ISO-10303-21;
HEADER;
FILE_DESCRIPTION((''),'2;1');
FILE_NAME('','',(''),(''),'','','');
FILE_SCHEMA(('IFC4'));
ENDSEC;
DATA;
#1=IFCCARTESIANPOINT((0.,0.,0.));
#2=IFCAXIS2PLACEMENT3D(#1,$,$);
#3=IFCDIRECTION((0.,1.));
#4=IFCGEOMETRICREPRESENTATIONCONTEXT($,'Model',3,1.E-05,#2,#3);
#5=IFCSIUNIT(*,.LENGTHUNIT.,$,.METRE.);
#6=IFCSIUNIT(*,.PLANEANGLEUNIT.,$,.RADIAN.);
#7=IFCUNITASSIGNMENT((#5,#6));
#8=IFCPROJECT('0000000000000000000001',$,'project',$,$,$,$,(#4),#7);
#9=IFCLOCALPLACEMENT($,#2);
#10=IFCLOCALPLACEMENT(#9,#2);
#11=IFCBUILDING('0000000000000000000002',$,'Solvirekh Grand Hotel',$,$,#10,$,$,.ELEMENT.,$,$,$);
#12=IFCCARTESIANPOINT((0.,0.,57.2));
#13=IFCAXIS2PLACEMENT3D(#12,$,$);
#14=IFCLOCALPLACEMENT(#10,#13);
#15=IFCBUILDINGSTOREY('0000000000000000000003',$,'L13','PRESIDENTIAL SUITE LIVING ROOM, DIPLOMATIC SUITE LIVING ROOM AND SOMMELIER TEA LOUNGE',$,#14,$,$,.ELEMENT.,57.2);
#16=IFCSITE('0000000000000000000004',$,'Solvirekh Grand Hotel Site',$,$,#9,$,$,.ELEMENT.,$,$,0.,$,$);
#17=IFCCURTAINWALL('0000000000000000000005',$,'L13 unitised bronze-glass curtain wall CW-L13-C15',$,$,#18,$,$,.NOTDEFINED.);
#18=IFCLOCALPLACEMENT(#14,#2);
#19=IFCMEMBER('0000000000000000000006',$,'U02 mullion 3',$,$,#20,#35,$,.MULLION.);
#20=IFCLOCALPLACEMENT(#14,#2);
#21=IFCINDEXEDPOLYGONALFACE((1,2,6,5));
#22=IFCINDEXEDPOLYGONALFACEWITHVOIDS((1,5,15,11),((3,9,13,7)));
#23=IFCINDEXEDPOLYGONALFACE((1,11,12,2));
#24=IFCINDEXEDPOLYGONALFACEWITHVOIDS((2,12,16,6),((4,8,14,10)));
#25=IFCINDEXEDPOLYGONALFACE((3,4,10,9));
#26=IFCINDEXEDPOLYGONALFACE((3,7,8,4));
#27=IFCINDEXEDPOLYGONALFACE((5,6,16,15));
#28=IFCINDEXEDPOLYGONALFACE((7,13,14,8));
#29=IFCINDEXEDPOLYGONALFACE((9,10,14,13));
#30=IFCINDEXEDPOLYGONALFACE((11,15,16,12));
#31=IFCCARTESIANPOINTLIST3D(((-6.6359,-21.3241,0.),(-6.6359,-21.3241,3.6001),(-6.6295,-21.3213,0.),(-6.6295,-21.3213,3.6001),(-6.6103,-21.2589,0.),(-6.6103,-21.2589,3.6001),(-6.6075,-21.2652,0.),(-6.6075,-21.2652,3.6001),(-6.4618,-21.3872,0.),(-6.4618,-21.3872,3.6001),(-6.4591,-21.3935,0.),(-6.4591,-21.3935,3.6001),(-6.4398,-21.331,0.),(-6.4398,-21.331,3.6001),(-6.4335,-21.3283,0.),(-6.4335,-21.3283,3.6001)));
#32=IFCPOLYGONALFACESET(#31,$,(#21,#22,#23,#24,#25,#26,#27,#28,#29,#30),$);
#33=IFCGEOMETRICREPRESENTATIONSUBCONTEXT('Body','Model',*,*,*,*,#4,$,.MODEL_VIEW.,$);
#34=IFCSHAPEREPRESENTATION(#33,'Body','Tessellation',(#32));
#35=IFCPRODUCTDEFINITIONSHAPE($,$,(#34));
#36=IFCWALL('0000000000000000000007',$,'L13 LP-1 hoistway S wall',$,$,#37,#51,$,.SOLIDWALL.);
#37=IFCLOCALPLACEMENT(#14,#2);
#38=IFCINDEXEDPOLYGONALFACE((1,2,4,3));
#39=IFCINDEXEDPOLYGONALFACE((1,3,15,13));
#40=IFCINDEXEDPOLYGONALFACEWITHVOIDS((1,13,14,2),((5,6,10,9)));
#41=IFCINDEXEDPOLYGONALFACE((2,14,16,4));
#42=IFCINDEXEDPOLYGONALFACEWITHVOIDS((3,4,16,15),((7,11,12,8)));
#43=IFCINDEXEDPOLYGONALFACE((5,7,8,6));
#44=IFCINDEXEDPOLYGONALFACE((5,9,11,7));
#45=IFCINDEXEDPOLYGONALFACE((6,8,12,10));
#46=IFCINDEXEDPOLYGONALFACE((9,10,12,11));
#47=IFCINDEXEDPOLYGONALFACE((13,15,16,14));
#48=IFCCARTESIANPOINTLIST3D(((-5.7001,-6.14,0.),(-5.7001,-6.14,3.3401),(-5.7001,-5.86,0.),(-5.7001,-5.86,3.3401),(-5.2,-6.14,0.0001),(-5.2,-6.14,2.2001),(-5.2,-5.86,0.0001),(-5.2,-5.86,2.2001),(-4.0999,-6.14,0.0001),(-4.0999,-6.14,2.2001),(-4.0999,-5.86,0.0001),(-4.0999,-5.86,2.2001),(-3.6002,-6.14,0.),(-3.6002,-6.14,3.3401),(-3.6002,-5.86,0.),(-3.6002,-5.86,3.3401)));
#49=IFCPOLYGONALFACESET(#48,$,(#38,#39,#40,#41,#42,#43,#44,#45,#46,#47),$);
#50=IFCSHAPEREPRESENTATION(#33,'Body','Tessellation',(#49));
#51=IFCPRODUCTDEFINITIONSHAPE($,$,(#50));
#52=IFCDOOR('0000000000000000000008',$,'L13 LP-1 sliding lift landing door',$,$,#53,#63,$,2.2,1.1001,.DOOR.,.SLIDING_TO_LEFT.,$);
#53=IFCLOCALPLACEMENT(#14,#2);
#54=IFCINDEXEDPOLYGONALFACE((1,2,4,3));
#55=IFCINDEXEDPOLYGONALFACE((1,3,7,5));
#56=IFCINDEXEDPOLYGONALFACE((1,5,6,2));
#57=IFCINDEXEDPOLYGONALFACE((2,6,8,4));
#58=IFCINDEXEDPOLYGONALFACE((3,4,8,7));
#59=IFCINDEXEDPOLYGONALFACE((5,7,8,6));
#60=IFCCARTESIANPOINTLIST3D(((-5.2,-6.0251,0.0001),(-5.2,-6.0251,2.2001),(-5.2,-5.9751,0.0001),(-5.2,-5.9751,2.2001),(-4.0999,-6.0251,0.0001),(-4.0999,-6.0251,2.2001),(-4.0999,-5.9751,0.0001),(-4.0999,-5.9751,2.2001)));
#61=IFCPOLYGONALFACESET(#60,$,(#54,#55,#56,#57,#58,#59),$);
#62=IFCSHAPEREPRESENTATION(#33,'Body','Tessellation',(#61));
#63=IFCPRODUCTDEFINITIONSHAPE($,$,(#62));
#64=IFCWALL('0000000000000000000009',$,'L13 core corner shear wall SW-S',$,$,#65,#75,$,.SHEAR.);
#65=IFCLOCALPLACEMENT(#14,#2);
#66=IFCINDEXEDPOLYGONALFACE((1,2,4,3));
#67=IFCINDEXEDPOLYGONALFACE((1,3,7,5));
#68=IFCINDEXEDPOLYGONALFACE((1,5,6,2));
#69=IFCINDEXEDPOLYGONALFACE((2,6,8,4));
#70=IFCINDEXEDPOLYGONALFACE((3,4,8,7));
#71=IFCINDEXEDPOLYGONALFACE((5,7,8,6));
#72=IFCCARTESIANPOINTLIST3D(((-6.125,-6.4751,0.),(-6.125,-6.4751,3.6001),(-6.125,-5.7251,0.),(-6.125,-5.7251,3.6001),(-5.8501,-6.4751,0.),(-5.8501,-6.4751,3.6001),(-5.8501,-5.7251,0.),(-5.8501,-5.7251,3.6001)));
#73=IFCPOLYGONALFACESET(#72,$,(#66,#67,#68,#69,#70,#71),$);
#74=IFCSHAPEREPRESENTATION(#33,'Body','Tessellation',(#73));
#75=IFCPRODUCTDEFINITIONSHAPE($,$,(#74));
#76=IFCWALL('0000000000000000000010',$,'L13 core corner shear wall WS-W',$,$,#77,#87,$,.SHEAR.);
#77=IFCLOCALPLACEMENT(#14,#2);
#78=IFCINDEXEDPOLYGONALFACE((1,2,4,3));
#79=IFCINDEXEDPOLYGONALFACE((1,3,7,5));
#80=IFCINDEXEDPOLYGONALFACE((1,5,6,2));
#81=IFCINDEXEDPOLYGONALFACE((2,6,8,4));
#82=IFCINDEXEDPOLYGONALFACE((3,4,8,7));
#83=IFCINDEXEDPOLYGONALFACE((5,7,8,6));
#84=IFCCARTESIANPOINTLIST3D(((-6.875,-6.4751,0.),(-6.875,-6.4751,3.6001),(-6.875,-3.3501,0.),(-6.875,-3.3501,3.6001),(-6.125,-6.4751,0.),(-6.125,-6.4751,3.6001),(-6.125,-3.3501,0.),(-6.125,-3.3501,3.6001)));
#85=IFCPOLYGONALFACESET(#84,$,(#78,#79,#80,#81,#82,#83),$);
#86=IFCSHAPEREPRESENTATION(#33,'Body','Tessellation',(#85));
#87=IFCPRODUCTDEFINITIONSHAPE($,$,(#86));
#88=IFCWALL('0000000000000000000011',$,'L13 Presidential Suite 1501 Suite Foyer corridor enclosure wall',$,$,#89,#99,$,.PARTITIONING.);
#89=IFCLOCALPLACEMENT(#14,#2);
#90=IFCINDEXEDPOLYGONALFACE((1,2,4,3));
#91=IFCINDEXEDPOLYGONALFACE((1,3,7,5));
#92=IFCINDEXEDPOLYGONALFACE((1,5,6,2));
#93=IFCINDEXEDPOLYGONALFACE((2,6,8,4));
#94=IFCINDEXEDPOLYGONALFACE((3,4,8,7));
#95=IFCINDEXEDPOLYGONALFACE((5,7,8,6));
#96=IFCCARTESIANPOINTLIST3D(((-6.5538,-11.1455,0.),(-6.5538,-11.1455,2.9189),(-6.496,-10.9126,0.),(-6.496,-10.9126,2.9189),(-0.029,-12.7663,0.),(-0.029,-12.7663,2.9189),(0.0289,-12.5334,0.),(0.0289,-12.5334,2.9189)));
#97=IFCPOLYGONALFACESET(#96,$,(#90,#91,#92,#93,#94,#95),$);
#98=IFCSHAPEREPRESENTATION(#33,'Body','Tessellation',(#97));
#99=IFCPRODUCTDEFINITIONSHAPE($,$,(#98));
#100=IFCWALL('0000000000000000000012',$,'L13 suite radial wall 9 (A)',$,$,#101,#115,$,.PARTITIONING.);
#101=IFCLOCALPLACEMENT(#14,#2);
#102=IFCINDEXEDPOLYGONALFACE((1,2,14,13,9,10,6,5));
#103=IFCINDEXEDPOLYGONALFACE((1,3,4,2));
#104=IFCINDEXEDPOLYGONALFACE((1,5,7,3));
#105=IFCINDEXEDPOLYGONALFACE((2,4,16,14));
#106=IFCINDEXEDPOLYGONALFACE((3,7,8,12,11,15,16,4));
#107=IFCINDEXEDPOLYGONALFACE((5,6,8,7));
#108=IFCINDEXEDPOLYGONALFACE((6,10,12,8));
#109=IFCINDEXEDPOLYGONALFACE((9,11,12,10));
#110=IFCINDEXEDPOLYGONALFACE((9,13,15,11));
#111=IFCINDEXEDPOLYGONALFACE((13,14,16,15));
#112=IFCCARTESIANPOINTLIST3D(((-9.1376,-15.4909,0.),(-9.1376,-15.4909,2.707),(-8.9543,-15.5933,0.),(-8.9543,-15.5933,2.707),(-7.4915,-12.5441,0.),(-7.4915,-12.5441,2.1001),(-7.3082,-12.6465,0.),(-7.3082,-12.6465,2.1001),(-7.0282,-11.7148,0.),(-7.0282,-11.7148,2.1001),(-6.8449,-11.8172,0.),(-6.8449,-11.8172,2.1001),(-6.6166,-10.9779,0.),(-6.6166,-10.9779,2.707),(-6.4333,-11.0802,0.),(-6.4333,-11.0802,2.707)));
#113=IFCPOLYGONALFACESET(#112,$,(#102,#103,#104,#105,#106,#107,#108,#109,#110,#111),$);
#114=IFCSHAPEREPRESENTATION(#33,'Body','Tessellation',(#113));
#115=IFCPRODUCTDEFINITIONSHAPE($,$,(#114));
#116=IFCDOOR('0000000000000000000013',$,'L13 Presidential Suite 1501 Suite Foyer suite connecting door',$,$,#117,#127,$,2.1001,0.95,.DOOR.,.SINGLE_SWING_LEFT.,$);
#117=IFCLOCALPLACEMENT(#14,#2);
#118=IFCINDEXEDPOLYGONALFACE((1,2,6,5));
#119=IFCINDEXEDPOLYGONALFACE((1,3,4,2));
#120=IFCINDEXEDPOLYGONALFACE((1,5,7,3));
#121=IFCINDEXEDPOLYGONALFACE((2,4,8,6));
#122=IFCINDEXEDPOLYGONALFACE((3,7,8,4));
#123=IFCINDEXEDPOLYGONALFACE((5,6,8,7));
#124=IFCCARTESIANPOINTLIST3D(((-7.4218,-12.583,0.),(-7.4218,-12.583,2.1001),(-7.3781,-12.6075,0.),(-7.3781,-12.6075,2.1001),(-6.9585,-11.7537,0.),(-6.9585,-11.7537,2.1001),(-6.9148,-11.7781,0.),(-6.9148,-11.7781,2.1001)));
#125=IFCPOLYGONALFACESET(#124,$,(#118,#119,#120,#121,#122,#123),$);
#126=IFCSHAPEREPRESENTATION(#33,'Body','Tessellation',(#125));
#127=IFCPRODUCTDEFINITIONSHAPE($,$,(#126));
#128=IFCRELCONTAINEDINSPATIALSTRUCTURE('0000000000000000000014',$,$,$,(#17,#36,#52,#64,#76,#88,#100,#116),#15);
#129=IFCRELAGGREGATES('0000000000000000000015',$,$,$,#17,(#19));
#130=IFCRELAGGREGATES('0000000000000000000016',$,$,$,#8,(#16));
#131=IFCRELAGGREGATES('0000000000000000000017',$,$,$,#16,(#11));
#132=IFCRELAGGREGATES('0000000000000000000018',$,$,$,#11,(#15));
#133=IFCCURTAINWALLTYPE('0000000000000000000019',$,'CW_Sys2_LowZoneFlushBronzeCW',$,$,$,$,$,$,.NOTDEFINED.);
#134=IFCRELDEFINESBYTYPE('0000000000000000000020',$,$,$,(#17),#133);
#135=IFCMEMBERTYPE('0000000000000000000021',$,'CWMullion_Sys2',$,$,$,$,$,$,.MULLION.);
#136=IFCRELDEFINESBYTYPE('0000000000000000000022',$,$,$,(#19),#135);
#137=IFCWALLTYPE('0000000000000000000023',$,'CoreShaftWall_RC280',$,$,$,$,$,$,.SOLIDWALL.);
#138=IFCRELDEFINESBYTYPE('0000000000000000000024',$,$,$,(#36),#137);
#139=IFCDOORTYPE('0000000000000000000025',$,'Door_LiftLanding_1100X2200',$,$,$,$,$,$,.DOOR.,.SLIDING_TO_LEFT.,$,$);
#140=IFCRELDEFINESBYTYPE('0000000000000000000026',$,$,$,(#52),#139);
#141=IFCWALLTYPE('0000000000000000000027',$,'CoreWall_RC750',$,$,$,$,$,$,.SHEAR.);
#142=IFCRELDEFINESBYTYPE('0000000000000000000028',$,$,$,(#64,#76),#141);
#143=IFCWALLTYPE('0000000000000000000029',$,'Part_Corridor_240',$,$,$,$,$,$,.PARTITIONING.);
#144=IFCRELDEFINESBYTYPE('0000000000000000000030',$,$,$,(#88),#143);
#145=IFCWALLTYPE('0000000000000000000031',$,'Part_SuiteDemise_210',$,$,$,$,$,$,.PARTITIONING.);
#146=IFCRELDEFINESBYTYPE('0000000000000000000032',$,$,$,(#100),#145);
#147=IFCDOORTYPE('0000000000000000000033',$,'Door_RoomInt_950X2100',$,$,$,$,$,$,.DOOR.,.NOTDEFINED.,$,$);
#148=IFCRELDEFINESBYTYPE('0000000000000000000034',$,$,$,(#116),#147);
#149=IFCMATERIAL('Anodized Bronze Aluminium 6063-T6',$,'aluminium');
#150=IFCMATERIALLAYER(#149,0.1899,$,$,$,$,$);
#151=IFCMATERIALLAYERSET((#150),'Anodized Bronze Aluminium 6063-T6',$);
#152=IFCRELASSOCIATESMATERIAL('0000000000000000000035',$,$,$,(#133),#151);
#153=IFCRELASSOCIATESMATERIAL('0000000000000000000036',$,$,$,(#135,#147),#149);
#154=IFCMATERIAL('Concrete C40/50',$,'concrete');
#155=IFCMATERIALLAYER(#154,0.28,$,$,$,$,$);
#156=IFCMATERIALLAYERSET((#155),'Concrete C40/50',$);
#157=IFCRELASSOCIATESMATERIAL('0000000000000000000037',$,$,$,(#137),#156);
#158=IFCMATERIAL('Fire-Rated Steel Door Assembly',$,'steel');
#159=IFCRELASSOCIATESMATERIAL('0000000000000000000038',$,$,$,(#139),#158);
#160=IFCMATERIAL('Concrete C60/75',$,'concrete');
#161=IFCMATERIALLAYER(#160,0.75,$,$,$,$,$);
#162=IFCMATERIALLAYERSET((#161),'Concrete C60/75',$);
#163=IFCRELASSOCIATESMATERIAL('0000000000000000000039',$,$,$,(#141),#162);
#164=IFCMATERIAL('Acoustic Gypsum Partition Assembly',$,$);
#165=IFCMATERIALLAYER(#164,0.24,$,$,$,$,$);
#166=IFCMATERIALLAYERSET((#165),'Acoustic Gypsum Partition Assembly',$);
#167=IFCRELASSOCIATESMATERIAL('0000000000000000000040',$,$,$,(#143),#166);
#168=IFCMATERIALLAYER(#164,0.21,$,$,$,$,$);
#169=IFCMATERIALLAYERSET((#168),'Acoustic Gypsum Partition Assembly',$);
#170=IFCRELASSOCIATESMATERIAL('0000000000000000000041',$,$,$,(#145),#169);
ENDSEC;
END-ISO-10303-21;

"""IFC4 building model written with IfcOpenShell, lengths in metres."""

from ifc_helpers import new_model, si_unit, direction, frame, frame_2d, origin, origin_2d, place, context, subcontext, project, spatial, rectangle, hollow_rectangle, extrude, source, transform, mapped, material, layer, layer_set, material_profile, profile_set, type_object, element, fill, aggregate, save


model = new_model("IFC4")

# Units and contexts
model_context = context("Model", 3, precision=1e-05, world=origin(), true_north=direction((0.0, 1.0)))
body_context = subcontext(model_context, "Body", "Model", "MODEL_VIEW")
ifc_project = project(units=[si_unit("LENGTHUNIT", "METRE"), si_unit("PLANEANGLEUNIT", "RADIAN")], contexts=[model_context])

# Site, building, storey
site_placement = place(None, origin())
site = spatial("IfcSite", under=ifc_project, at=site_placement, Name="Solvirekh Grand Hotel Site", CompositionType="ELEMENT", RefElevation=0.0)
building_placement = place(site_placement, origin())
building = spatial("IfcBuilding", under=site, at=building_placement, Name="Solvirekh Grand Hotel", CompositionType="ELEMENT")
storey_placement = place(building_placement, frame((0.0, 0.0, 57.2)))
storey = spatial("IfcBuildingStorey", under=building, at=storey_placement, Name="L13", Description="PRESIDENTIAL SUITE LIVING ROOM, DIPLOMATIC SUITE LIVING ROOM AND SOMMELIER TEA LOUNGE", CompositionType="ELEMENT", Elevation=57.2)

# Shared definitions
ifc_material_1 = material(Name="Concrete C60/75", Category="concrete")

# Curtain wall, member
ifc_material_2 = material(Name="Anodized Bronze Aluminium 6063-T6", Category="aluminium")
ifc_layer_1 = layer(ifc_material_2, 0.1899)
ifc_layer_set_1 = layer_set([ifc_layer_1], Name="Anodized Bronze Aluminium 6063-T6")
curtain_wall_type = type_object("IfcCurtainWallType", Name="CW_Sys2_LowZoneFlushBronzeCW", PredefinedType="NOTDEFINED", material=ifc_layer_set_1)
curtain_wall_placement = place(storey_placement, origin())
curtain_wall = element("IfcCurtainWall", 1, at=curtain_wall_placement, inside=storey, type_object=curtain_wall_type, Name="L13 unitised bronze-glass curtain wall CW-L13-C15", PredefinedType="NOTDEFINED")
ifc_material_profile_1 = material_profile(ifc_material_2, hollow_rectangle(XDim=0.0701, YDim=0.1899, WallThickness=0.0049, at=origin_2d()), Name="ALU RHS 190X70X5")
ifc_profile_set_1 = profile_set([ifc_material_profile_1], Name="Anodized Bronze Aluminium 6063-T6")
member_type = type_object("IfcMemberType", Name="CWMullion_Sys2", PredefinedType="MULLION", material=ifc_profile_set_1)
shared_shape = source(origin(), body_context, "Body", "SweptSolid", [
    extrude(hollow_rectangle(XDim=0.0701, YDim=0.1899, WallThickness=0.0049, at=origin_2d()), origin(), (0.0, 0.0, 1.0), 3.6001),
])
member_placement = place(storey_placement, frame((-6.5347, -21.3262, 0.0), z_axis=(0.0, 0.0, 1.0), x_axis=(0.365399, 0.930851, 0.0)))
member = element("IfcMember", 2, at=member_placement, type_object=member_type, Name="U02 mullion 3", PredefinedType="MULLION", context=body_context, shape_type="MappedRepresentation", body=[
    mapped(shared_shape, transform((0.0, 0.0, 0.0), x_axis=(1.0, 0.0, 0.0), y_axis=(0.0, 1.0, 0.0), z_axis=(0.0, 0.0, 1.0), scale=1.0)),
])
aggregate(curtain_wall, [member])

# Wall, opening, door
ifc_material_3 = material(Name="Concrete C40/50", Category="concrete")
ifc_layer_2 = layer(ifc_material_3, 0.28)
ifc_layer_set_2 = layer_set([ifc_layer_2], Name="Concrete C40/50")
wall_type_1 = type_object("IfcWallType", Name="CoreShaftWall_RC280", PredefinedType="SOLIDWALL", material=ifc_layer_set_2)
wall_1_placement = place(storey_placement, frame((-5.7, -6.0, 0.0), z_axis=(0.0, 0.0, 1.0), x_axis=(1.0, 0.0, 0.0)))
wall_1 = element("IfcWall", 3, at=wall_1_placement, inside=storey, type_object=wall_type_1, Name="L13 LP-1 hoistway S wall", PredefinedType="SOLIDWALL", context=body_context, shape_type="SweptSolid", body=[
    extrude(rectangle(XDim=2.0999, YDim=0.28, at=frame_2d((1.0498, 0.0))), origin(), (0.0, 0.0, 1.0), 3.3401),
])
opening_1_placement = place(wall_1_placement, frame((0.5, 0.0, 0.0)))
opening_1 = element("IfcOpeningElement", 4, at=opening_1_placement, cuts=wall_1, PredefinedType="OPENING", context=body_context, shape_type="SweptSolid", body=[
    extrude(rectangle(XDim=1.1001, YDim=2.2, at=frame_2d((0.55, 1.1001))), frame((0.0, 0.1499, 0.0), z_axis=(0.0, -1.0, 0.0), x_axis=(1.0, 0.0, 0.0)), (0.0, 0.0, 1.0), 0.3),
])
ifc_material_4 = material(Name="Fire-Rated Steel Door Assembly", Category="steel")
door_type_1 = type_object("IfcDoorType", Name="Door_LiftLanding_1100X2200", OperationType="SLIDING_TO_LEFT", PredefinedType="DOOR", material=ifc_material_4)
door_1_placement = place(opening_1_placement, origin())
door_1 = element("IfcDoor", 5, at=door_1_placement, inside=storey, type_object=door_type_1, Name="L13 LP-1 sliding lift landing door", OperationType="SLIDING_TO_LEFT", OverallHeight=2.2, OverallWidth=1.1001, PredefinedType="DOOR", context=body_context, shape_type="SweptSolid", body=[
    extrude(rectangle(XDim=1.1001, YDim=2.2, at=frame_2d((0.55, 1.1001))), frame((0.0, 0.0249, 0.0), z_axis=(0.0, -1.0, 0.0), x_axis=(1.0, 0.0, 0.0)), (0.0, 0.0, 1.0), 0.05),
])
fill(opening_1, door_1)

# Walls
ifc_layer_3 = layer(ifc_material_1, 0.75)
ifc_layer_set_3 = layer_set([ifc_layer_3], Name="Concrete C60/75")
wall_type_2 = type_object("IfcWallType", Name="CoreWall_RC750", PredefinedType="SHEAR", material=ifc_layer_set_3)
wall_2_placement = place(storey_placement, frame((-6.125, -6.1001, 0.0), z_axis=(0.0, 0.0, 1.0), x_axis=(1.0, 0.0, 0.0)))
element("IfcWall", 6, at=wall_2_placement, inside=storey, type_object=wall_type_2, Name="L13 core corner shear wall SW-S", PredefinedType="SHEAR", context=body_context, shape_type="SweptSolid", body=[
    extrude(rectangle(XDim=0.2749, YDim=0.75, at=frame_2d((0.1375, 0.0))), origin(), (0.0, 0.0, 1.0), 3.6001),
])
wall_3_placement = place(storey_placement, frame((-6.5, -6.4751, 0.0), z_axis=(0.0, 0.0, 1.0), x_axis=(0.0, 1.0, 0.0)))
element("IfcWall", 7, at=wall_3_placement, inside=storey, type_object=wall_type_2, Name="L13 core corner shear wall WS-W", PredefinedType="SHEAR", context=body_context, shape_type="SweptSolid", body=[
    extrude(rectangle(XDim=3.125, YDim=0.75, at=frame_2d((1.5625, 0.0))), origin(), (0.0, 0.0, 1.0), 3.6001),
])
ifc_material_5 = material(Name="Acoustic Gypsum Partition Assembly")
ifc_layer_4 = layer(ifc_material_5, 0.24)
ifc_layer_set_4 = layer_set([ifc_layer_4], Name="Acoustic Gypsum Partition Assembly")
wall_type_3 = type_object("IfcWallType", Name="Part_Corridor_240", PredefinedType="PARTITIONING", material=ifc_layer_set_4)
wall_4_placement = place(storey_placement, frame((-6.5249, -11.0291, 0.0), z_axis=(0.0, 0.0, 1.0), x_axis=(0.970505, -0.241083, 0.0)))
element("IfcWall", 8, at=wall_4_placement, inside=storey, type_object=wall_type_3, Name="L13 Presidential Suite 1501 Suite Foyer corridor enclosure wall", PredefinedType="PARTITIONING", context=body_context, shape_type="SweptSolid", body=[
    extrude(rectangle(XDim=6.7231, YDim=0.24, at=frame_2d((3.3616, 0.0))), origin(), (0.0, 0.0, 1.0), 2.9189),
])

# Wall, opening, door
ifc_layer_5 = layer(ifc_material_5, 0.21)
ifc_layer_set_5 = layer_set([ifc_layer_5], Name="Acoustic Gypsum Partition Assembly")
wall_type_4 = type_object("IfcWallType", Name="Part_SuiteDemise_210", PredefinedType="PARTITIONING", material=ifc_layer_set_5)
wall_5_placement = place(storey_placement, frame((-6.5249, -11.0291, 0.0), z_axis=(0.0, 0.0, 1.0), x_axis=(-0.487683, -0.873021, 0.0)))
wall_5 = element("IfcWall", 9, at=wall_5_placement, inside=storey, type_object=wall_type_4, Name="L13 suite radial wall 9 (A)", PredefinedType="PARTITIONING", context=body_context, shape_type="SweptSolid", body=[
    extrude(rectangle(XDim=5.1694, YDim=0.21, at=frame_2d((2.5847, 0.0))), origin(), (0.0, 0.0, 1.0), 2.707),
])
opening_2_placement = place(wall_5_placement, frame((0.844, 0.0, 0.0)))
opening_2 = element("IfcOpeningElement", 10, at=opening_2_placement, cuts=wall_5, PredefinedType="OPENING", context=body_context, shape_type="SweptSolid", body=[
    extrude(rectangle(XDim=0.95, YDim=2.1001, at=frame_2d((0.4751, 1.05))), frame((0.0, 0.115, 0.0), z_axis=(0.0, -1.0, 0.0), x_axis=(1.0, 0.0, 0.0)), (0.0, 0.0, 1.0), 0.23),
])
door_type_2 = type_object("IfcDoorType", Name="Door_RoomInt_950X2100", OperationType="NOTDEFINED", PredefinedType="DOOR", material=ifc_material_2)
door_2_placement = place(opening_2_placement, origin())
door_2 = element("IfcDoor", 11, at=door_2_placement, inside=storey, type_object=door_type_2, Name="L13 Presidential Suite 1501 Suite Foyer suite connecting door", OperationType="SINGLE_SWING_LEFT", OverallHeight=2.1001, OverallWidth=0.95, PredefinedType="DOOR", context=body_context, shape_type="SweptSolid", body=[
    extrude(rectangle(XDim=0.95, YDim=2.1001, at=frame_2d((0.4751, 1.05))), frame((0.0, 0.0249, 0.0), z_axis=(0.0, -1.0, 0.0), x_axis=(1.0, 0.0, 0.0)), (0.0, 0.0, 1.0), 0.05),
])
fill(opening_2, door_2)

save(model, "model.ifc")
